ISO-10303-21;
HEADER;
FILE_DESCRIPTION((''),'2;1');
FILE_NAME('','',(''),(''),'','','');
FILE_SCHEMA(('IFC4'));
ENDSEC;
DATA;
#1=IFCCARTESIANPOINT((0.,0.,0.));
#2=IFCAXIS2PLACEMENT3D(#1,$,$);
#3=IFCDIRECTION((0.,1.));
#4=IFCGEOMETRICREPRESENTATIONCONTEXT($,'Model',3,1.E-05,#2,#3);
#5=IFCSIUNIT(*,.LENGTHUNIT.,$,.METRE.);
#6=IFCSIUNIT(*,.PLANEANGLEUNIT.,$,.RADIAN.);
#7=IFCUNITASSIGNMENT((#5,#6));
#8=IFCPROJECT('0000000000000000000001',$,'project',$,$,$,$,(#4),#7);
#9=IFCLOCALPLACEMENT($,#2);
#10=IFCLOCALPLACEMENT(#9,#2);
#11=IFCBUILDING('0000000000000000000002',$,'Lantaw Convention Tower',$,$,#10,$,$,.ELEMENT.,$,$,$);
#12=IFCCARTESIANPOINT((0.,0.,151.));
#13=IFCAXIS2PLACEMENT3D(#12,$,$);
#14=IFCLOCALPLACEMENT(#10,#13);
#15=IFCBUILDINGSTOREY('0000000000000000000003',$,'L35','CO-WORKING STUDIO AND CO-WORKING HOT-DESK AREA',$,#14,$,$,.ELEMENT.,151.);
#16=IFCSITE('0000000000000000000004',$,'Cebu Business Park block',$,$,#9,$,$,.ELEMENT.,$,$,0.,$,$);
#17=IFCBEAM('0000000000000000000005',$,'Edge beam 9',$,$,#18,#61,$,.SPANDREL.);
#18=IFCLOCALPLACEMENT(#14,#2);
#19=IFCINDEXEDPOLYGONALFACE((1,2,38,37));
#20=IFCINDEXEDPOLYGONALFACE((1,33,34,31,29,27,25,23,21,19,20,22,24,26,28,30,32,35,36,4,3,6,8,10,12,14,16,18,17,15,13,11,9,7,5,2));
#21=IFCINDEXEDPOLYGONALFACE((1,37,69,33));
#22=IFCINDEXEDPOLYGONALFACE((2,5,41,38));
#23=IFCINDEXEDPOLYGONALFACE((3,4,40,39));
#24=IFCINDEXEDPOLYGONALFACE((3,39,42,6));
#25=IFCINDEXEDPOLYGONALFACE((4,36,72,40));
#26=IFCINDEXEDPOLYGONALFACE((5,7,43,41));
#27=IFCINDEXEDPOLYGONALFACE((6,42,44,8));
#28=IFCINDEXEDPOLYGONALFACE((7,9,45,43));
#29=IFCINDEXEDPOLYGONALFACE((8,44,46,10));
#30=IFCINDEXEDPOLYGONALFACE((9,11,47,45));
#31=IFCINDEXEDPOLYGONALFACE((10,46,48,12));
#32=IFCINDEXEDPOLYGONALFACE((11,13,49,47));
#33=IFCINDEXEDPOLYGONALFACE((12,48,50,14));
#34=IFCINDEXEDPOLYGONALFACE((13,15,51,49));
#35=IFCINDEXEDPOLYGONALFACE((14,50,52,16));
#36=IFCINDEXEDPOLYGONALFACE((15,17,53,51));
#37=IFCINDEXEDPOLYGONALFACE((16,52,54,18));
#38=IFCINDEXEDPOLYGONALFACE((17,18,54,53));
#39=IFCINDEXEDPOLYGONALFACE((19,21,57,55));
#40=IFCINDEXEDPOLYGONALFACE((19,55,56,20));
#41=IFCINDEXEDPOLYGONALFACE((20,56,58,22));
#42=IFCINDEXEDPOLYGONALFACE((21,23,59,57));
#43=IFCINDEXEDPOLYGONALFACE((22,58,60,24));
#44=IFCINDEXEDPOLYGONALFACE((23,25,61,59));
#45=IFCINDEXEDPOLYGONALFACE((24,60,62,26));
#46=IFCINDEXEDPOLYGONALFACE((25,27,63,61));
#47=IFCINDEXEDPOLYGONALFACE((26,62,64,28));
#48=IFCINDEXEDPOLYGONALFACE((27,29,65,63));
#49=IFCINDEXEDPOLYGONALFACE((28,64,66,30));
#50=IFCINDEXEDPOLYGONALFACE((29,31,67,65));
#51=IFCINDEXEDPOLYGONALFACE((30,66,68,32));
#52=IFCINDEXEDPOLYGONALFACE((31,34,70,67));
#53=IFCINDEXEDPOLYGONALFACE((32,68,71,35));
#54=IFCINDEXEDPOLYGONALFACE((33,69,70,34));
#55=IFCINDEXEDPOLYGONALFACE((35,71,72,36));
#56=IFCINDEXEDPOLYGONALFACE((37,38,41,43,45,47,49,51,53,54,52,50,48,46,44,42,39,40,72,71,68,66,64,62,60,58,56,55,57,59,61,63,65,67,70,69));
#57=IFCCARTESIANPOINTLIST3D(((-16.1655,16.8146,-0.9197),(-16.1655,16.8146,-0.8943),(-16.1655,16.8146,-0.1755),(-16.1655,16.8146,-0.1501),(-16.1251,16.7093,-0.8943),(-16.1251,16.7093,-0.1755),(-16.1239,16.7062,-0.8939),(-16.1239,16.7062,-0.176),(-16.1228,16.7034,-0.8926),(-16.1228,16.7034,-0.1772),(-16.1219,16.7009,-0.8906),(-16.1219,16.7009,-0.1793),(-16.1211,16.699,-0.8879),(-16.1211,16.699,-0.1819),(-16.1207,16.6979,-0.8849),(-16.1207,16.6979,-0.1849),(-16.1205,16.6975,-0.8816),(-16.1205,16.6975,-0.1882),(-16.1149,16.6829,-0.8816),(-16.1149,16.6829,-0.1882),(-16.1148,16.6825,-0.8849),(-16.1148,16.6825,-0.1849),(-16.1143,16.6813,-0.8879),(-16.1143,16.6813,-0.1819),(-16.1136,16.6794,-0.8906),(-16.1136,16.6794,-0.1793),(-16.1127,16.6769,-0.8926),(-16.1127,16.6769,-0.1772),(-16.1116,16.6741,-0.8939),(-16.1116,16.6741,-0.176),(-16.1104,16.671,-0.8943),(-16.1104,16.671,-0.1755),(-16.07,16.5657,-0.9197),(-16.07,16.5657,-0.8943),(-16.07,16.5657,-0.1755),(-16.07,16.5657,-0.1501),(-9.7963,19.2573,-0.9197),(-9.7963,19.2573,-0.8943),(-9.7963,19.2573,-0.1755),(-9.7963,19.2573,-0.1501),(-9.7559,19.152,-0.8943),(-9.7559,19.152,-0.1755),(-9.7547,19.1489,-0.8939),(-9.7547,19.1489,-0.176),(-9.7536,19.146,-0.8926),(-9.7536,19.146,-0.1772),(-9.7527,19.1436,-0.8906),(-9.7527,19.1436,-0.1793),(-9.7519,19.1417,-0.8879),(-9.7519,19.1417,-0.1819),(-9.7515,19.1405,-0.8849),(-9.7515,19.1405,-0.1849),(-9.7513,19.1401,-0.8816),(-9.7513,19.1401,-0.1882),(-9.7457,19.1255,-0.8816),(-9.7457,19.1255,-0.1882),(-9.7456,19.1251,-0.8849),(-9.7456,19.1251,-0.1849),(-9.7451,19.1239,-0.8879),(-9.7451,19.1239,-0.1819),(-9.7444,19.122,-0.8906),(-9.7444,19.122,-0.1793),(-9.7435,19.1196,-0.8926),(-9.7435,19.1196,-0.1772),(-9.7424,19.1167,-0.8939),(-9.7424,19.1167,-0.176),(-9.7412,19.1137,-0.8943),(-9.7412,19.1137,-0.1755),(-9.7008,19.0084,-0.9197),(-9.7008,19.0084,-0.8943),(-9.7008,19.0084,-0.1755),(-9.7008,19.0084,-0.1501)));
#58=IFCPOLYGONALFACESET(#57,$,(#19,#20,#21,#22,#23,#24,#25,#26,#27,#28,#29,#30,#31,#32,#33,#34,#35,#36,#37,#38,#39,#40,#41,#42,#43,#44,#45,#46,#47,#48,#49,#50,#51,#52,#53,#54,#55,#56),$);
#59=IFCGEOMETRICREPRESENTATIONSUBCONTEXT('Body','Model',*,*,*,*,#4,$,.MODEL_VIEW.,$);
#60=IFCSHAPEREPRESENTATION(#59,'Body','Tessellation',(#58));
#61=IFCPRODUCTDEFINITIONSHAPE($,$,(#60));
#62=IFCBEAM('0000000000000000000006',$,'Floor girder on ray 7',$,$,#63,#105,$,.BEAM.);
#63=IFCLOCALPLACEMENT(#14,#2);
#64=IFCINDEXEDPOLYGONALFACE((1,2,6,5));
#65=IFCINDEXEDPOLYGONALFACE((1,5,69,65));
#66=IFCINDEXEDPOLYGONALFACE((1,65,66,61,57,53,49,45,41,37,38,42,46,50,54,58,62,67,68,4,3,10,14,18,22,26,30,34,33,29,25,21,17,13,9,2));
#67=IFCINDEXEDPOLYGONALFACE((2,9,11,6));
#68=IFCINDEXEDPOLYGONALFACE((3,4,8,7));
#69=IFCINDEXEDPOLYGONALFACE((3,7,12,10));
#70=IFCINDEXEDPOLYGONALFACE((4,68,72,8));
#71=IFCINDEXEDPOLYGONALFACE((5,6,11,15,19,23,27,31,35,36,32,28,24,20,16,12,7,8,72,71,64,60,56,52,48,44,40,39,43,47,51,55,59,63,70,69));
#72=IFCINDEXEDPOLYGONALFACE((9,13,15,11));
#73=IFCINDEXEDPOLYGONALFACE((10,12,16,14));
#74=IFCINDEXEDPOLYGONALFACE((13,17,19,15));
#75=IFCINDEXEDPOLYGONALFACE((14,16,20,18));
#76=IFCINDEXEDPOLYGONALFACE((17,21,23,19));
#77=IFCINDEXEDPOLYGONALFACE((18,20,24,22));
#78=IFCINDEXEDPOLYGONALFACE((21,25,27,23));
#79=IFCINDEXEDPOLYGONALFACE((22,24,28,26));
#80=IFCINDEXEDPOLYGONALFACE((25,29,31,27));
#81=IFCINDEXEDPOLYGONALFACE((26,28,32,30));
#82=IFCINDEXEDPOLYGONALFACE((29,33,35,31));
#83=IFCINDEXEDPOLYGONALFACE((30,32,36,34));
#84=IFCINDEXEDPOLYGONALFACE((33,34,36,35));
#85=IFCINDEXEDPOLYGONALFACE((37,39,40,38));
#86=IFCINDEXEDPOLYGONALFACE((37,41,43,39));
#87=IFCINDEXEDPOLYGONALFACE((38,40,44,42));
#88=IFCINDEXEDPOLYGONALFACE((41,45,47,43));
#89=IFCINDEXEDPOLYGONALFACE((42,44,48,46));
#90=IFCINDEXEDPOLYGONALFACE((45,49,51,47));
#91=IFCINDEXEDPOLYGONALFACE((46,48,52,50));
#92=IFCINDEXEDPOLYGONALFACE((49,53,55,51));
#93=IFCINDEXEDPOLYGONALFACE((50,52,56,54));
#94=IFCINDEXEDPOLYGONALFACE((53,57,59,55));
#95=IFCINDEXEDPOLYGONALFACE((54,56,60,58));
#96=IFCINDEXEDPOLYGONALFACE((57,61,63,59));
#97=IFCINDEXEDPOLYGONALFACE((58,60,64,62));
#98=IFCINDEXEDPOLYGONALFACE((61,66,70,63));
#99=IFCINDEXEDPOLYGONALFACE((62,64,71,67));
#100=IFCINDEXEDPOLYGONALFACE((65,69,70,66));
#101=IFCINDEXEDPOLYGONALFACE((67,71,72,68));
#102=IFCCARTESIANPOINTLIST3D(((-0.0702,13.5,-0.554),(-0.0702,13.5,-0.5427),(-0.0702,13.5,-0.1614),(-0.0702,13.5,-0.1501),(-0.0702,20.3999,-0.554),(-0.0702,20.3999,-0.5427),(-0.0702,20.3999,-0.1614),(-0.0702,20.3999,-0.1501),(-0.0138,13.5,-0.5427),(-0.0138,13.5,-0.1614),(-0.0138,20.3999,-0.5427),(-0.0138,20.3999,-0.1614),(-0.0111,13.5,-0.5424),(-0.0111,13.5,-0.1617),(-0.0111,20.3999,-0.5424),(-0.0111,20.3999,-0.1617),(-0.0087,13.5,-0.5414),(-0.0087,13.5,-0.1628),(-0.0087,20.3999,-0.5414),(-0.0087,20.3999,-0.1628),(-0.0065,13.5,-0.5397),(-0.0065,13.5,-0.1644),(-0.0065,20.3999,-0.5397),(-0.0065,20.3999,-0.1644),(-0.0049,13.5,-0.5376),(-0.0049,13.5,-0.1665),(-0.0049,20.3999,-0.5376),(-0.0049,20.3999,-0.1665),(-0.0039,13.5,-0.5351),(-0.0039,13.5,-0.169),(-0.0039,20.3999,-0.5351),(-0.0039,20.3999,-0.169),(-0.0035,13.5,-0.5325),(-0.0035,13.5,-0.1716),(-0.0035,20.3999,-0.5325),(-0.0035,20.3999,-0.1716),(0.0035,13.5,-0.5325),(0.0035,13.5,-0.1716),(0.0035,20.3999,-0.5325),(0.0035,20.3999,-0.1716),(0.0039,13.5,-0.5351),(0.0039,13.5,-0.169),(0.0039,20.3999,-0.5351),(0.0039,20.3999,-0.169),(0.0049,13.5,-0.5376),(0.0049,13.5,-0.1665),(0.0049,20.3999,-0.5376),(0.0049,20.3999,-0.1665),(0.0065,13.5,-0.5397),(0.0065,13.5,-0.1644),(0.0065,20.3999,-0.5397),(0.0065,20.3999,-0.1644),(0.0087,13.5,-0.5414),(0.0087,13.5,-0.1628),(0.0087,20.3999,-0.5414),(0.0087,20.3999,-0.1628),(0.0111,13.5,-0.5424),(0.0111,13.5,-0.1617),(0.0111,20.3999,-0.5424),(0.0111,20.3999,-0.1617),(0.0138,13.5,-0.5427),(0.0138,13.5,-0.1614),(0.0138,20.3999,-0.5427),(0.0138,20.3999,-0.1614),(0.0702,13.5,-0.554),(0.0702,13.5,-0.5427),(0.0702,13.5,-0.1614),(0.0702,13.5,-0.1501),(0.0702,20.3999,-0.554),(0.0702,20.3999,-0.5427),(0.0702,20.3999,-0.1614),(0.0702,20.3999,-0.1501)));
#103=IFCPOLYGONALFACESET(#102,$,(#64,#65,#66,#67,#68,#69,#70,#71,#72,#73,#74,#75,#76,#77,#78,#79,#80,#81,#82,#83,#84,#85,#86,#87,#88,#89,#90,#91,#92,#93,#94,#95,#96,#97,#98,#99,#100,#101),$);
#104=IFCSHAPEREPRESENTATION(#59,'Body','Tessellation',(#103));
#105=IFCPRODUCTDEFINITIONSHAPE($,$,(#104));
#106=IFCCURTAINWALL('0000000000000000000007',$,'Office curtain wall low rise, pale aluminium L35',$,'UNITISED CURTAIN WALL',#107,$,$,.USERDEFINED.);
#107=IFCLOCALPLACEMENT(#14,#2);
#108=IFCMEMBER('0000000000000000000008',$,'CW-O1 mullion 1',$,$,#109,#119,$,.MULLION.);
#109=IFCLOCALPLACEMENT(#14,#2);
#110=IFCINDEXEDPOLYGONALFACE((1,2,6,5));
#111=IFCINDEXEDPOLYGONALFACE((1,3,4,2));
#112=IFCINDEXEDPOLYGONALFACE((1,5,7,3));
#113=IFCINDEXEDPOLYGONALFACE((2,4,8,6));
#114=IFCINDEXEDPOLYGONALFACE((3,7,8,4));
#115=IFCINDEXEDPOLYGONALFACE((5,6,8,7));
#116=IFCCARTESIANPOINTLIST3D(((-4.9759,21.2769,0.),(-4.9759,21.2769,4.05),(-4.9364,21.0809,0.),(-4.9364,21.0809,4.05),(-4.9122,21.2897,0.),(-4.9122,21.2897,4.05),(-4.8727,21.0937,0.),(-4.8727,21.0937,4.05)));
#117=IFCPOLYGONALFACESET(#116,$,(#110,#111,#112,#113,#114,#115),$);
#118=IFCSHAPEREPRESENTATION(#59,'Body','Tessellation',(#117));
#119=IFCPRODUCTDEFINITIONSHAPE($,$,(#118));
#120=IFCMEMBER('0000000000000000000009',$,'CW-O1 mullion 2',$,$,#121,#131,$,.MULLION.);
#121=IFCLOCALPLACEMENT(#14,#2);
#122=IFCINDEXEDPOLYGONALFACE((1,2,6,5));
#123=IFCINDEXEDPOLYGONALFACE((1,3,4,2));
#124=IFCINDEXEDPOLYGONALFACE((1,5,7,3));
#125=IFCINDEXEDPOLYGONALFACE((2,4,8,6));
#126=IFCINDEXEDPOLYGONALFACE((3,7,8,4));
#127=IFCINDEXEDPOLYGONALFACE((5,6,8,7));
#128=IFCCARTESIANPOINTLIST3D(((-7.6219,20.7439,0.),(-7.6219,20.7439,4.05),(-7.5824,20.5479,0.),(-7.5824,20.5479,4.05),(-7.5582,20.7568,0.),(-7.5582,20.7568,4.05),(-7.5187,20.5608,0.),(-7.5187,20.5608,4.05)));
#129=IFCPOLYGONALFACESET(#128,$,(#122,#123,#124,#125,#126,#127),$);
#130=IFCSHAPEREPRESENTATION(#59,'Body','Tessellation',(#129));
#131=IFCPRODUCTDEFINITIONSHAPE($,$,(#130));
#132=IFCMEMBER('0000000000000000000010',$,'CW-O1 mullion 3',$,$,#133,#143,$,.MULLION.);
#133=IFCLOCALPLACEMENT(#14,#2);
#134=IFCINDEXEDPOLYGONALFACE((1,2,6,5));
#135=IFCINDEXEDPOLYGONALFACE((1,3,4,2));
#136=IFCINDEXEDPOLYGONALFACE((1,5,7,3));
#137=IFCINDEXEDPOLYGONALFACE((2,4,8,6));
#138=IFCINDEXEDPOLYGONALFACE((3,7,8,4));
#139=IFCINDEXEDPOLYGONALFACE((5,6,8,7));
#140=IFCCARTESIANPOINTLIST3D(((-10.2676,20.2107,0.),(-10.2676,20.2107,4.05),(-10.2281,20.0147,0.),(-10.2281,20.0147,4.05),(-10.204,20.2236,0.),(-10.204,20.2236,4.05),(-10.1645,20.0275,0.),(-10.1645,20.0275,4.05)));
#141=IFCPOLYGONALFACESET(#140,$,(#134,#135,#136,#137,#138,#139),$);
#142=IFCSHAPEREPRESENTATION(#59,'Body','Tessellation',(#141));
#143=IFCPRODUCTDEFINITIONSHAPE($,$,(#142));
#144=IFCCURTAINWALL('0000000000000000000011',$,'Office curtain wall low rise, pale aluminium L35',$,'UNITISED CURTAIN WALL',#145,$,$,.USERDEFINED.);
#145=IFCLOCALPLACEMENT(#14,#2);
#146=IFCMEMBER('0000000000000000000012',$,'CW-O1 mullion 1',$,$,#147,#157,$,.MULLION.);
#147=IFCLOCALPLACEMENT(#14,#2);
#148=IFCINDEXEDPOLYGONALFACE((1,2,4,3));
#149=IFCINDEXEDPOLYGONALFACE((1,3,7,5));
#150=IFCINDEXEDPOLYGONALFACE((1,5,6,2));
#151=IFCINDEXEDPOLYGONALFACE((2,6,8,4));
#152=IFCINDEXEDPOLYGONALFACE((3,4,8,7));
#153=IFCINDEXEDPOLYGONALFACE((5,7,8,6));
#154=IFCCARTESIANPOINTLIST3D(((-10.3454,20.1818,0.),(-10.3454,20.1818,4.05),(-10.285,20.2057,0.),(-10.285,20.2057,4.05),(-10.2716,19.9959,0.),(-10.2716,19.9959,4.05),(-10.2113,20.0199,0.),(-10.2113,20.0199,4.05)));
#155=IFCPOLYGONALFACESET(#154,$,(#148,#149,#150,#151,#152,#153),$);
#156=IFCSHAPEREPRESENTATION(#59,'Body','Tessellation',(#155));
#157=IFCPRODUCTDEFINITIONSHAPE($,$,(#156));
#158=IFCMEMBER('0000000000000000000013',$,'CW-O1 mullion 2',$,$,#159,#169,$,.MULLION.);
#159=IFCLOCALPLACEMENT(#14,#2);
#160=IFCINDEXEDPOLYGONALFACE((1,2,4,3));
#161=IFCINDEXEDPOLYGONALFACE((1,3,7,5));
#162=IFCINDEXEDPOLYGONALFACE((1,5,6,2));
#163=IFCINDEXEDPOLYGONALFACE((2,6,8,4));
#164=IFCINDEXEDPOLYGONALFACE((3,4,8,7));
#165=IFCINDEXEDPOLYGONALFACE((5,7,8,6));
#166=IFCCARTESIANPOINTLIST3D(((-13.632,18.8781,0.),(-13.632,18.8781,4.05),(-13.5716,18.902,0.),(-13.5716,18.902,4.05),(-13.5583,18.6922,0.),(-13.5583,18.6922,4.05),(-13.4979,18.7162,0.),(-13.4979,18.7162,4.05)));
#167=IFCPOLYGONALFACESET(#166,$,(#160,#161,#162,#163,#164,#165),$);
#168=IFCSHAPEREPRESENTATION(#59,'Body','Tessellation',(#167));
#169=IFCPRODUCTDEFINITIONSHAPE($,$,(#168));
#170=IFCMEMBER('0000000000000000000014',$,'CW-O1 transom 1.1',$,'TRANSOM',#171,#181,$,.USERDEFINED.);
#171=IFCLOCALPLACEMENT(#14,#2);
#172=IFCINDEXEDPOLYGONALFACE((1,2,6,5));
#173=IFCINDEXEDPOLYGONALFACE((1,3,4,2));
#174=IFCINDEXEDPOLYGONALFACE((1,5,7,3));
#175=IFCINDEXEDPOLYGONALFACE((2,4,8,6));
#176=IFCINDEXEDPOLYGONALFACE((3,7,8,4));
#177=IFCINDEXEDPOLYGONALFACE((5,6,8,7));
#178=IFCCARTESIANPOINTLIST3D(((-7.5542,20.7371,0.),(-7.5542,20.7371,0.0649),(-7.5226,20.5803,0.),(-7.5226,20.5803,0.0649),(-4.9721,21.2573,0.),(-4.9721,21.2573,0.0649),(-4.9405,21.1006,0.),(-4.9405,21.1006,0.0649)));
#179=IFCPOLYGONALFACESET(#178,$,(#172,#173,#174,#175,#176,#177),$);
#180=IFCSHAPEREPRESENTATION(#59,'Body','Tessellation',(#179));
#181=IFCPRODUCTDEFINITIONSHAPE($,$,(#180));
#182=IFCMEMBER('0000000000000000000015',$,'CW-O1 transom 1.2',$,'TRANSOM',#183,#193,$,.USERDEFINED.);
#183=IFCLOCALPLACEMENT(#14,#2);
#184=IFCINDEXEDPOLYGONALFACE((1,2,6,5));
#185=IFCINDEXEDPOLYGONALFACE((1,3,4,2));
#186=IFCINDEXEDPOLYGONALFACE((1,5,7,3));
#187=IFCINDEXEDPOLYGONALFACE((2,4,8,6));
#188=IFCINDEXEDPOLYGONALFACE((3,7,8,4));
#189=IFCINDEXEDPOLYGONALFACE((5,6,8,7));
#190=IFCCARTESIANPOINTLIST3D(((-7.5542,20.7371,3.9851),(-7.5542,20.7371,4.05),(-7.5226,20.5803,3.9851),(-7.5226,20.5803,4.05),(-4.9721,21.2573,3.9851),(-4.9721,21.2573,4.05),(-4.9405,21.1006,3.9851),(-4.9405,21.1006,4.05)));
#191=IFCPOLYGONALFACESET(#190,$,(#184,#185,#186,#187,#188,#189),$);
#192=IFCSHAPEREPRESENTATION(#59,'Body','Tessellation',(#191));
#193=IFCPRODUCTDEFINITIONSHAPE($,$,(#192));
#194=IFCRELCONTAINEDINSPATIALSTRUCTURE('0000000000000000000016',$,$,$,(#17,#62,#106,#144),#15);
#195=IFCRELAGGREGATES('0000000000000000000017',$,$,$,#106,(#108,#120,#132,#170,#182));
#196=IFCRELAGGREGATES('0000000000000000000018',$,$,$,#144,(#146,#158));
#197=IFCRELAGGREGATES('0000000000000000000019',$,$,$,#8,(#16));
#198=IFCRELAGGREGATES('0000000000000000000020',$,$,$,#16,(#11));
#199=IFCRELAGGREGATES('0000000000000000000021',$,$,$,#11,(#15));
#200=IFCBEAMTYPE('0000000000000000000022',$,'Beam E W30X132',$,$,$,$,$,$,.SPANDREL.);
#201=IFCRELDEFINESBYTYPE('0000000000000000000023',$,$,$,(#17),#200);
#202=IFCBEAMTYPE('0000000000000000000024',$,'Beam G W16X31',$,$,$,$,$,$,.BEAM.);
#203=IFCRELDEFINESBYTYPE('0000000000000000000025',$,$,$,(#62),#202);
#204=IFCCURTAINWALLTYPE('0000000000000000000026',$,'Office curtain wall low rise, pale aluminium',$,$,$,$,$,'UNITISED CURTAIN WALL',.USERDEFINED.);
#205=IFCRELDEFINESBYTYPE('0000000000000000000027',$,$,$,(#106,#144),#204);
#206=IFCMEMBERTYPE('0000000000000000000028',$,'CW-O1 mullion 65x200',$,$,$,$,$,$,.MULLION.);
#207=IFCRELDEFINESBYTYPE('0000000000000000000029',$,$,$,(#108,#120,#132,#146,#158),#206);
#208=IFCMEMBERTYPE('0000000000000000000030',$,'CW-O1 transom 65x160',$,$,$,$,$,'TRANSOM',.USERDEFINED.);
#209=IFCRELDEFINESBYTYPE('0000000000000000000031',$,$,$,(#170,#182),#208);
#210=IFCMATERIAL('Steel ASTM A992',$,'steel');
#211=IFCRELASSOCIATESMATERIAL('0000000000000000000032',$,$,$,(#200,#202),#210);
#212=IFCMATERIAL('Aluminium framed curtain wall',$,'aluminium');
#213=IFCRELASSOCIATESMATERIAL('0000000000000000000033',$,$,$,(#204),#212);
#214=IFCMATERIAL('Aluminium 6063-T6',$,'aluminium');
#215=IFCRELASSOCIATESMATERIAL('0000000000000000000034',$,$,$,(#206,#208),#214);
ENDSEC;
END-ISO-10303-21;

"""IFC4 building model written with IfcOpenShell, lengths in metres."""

from ifc_helpers import new_model, si_unit, direction, frame, origin, origin_2d, place, context, subcontext, project, spatial, rectangle, i_section, extrude, material, material_profile, profile_set, type_object, element, aggregate, save


model = new_model("IFC4")

# Units and contexts
model_context = context("Model", 3, precision=1e-05, world=origin(), true_north=direction((0.0, 1.0)))
body_context = subcontext(model_context, "Body", "Model", "MODEL_VIEW")
ifc_project = project(units=[si_unit("LENGTHUNIT", "METRE"), si_unit("PLANEANGLEUNIT", "RADIAN")], contexts=[model_context])

# Site, building, storey
site_placement = place(None, origin())
site = spatial("IfcSite", under=ifc_project, at=site_placement, Name="Cebu Business Park block", CompositionType="ELEMENT", RefElevation=0.0)
building_placement = place(site_placement, origin())
building = spatial("IfcBuilding", under=site, at=building_placement, Name="Lantaw Convention Tower", CompositionType="ELEMENT")
storey_placement = place(building_placement, frame((0.0, 0.0, 151.0)))
storey = spatial("IfcBuildingStorey", under=building, at=storey_placement, Name="L35", Description="CO-WORKING STUDIO AND CO-WORKING HOT-DESK AREA", CompositionType="ELEMENT", Elevation=151.0)

# Beams
ifc_material_1 = material(Name="Steel ASTM A992", Category="steel")
ifc_material_profile_1 = material_profile(ifc_material_1, i_section(OverallWidth=0.2666, OverallDepth=0.7695, WebThickness=0.0156, FlangeThickness=0.0254, FilletRadius=0.0127, at=origin_2d()), Name="W30X132")
ifc_profile_set_1 = profile_set([ifc_material_profile_1], Name="Steel ASTM A992")
beam_type_1 = type_object("IfcBeamType", Name="Beam E W30X132", PredefinedType="SPANDREL", material=ifc_profile_set_1)
beam_1_placement = place(storey_placement, frame((-9.7485, 19.1328, -0.5349), z_axis=(-0.933691, -0.35808, 0.0), x_axis=(0.35808, -0.933691, 0.0)))
element("IfcBeam", 1, at=beam_1_placement, inside=storey, type_object=beam_type_1, Name="Edge beam 9", PredefinedType="SPANDREL", context=body_context, shape_type="SweptSolid", body=[
    extrude(i_section(OverallWidth=0.2666, OverallDepth=0.7695, WebThickness=0.0156, FlangeThickness=0.0254, FilletRadius=0.0127, at=origin_2d()), origin(), (0.0, 0.0, 1.0), 6.8215),
])
ifc_material_profile_2 = material_profile(ifc_material_1, i_section(OverallWidth=0.1404, OverallDepth=0.4038, WebThickness=0.0071, FlangeThickness=0.0112, FilletRadius=0.0103, at=origin_2d()), Name="W16X31")
ifc_profile_set_2 = profile_set([ifc_material_profile_2], Name="Steel ASTM A992")
beam_type_2 = type_object("IfcBeamType", Name="Beam G W16X31", PredefinedType="BEAM", material=ifc_profile_set_2)
beam_2_placement = place(storey_placement, frame((0.0, 13.5, -0.3521), z_axis=(0.0, 1.0, 0.0), x_axis=(-1.0, 0.0, 0.0)))
element("IfcBeam", 2, at=beam_2_placement, inside=storey, type_object=beam_type_2, Name="Floor girder on ray 7", PredefinedType="BEAM", context=body_context, shape_type="SweptSolid", body=[
    extrude(i_section(OverallWidth=0.1404, OverallDepth=0.4038, WebThickness=0.0071, FlangeThickness=0.0112, FilletRadius=0.0103, at=origin_2d()), origin(), (0.0, 0.0, 1.0), 6.8999),
])

# Curtain walls, members
ifc_material_2 = material(Name="Aluminium framed curtain wall", Category="aluminium")
curtain_wall_type = type_object("IfcCurtainWallType", Name="Office curtain wall low rise, pale aluminium", ElementType="UNITISED CURTAIN WALL", PredefinedType="USERDEFINED", material=ifc_material_2)
curtain_wall_1_placement = place(storey_placement, origin())
curtain_wall_1 = element("IfcCurtainWall", 3, at=curtain_wall_1_placement, inside=storey, type_object=curtain_wall_type, Name="Office curtain wall low rise, pale aluminium L35", ObjectType="UNITISED CURTAIN WALL", PredefinedType="USERDEFINED")
ifc_material_3 = material(Name="Aluminium 6063-T6", Category="aluminium")
ifc_material_profile_3 = material_profile(ifc_material_3, rectangle(XDim=0.2, YDim=0.0649, at=origin_2d()), Name="CW-O1 mullion 65x200")
ifc_profile_set_3 = profile_set([ifc_material_profile_3], Name="Aluminium 6063-T6")
member_type_1 = type_object("IfcMemberType", Name="CW-O1 mullion 65x200", PredefinedType="MULLION", material=ifc_profile_set_3)
member_1_placement = place(storey_placement, frame((-4.9243, 21.1853, 0.0), z_axis=(0.0, 0.0, 1.0), x_axis=(0.197507, -0.980302, 0.0)))
member_1 = element("IfcMember", 4, at=member_1_placement, type_object=member_type_1, Name="CW-O1 mullion 1", PredefinedType="MULLION", context=body_context, shape_type="SweptSolid", body=[
    extrude(rectangle(XDim=0.2, YDim=0.0649, at=origin_2d()), origin(), (0.0, 0.0, 1.0), 4.05),
])
member_2_placement = place(storey_placement, frame((-7.5703, 20.6523, 0.0), z_axis=(0.0, 0.0, 1.0), x_axis=(0.197507, -0.980302, 0.0)))
member_2 = element("IfcMember", 5, at=member_2_placement, type_object=member_type_1, Name="CW-O1 mullion 2", PredefinedType="MULLION", context=body_context, shape_type="SweptSolid", body=[
    extrude(rectangle(XDim=0.2, YDim=0.0649, at=origin_2d()), origin(), (0.0, 0.0, 1.0), 4.05),
])
member_3_placement = place(storey_placement, frame((-10.2161, 20.1191, 0.0), z_axis=(0.0, 0.0, 1.0), x_axis=(0.197507, -0.980302, 0.0)))
member_3 = element("IfcMember", 6, at=member_3_placement, type_object=member_type_1, Name="CW-O1 mullion 3", PredefinedType="MULLION", context=body_context, shape_type="SweptSolid", body=[
    extrude(rectangle(XDim=0.2, YDim=0.0649, at=origin_2d()), origin(), (0.0, 0.0, 1.0), 4.05),
])
curtain_wall_2_placement = place(storey_placement, origin())
curtain_wall_2 = element("IfcCurtainWall", 7, at=curtain_wall_2_placement, inside=storey, type_object=curtain_wall_type, Name="Office curtain wall low rise, pale aluminium L35", ObjectType="UNITISED CURTAIN WALL", PredefinedType="USERDEFINED")
member_4_placement = place(storey_placement, frame((-10.2783, 20.1008, 0.0), z_axis=(0.0, 0.0, 1.0), x_axis=(0.368702, -0.929548, 0.0)))
member_4 = element("IfcMember", 8, at=member_4_placement, type_object=member_type_1, Name="CW-O1 mullion 1", PredefinedType="MULLION", context=body_context, shape_type="SweptSolid", body=[
    extrude(rectangle(XDim=0.2, YDim=0.0649, at=origin_2d()), origin(), (0.0, 0.0, 1.0), 4.05),
])
member_5_placement = place(storey_placement, frame((-13.5649, 18.7971, 0.0), z_axis=(0.0, 0.0, 1.0), x_axis=(0.368702, -0.929548, 0.0)))
member_5 = element("IfcMember", 9, at=member_5_placement, type_object=member_type_1, Name="CW-O1 mullion 2", PredefinedType="MULLION", context=body_context, shape_type="SweptSolid", body=[
    extrude(rectangle(XDim=0.2, YDim=0.0649, at=origin_2d()), origin(), (0.0, 0.0, 1.0), 4.05),
])

# Members
ifc_material_profile_4 = material_profile(ifc_material_3, rectangle(XDim=0.1599, YDim=0.0649, at=origin_2d()), Name="CW-O1 transom 65x160")
ifc_profile_set_4 = profile_set([ifc_material_profile_4], Name="Aluminium 6063-T6")
member_type_2 = type_object("IfcMemberType", Name="CW-O1 transom 65x160", ElementType="TRANSOM", PredefinedType="USERDEFINED", material=ifc_profile_set_4)
member_6_placement = place(storey_placement, frame((-4.9563, 21.179, 0.0325), z_axis=(-0.980298, -0.197524, 0.0), x_axis=(0.197524, -0.980298, 0.0)))
member_6 = element("IfcMember", 10, at=member_6_placement, type_object=member_type_2, Name="CW-O1 transom 1.1", ObjectType="TRANSOM", PredefinedType="USERDEFINED", context=body_context, shape_type="SweptSolid", body=[
    extrude(rectangle(XDim=0.1599, YDim=0.0649, at=origin_2d()), origin(), (0.0, 0.0, 1.0), 2.634),
])
member_7_placement = place(storey_placement, frame((-4.9563, 21.179, 4.0176), z_axis=(-0.980298, -0.197524, 0.0), x_axis=(0.197524, -0.980298, 0.0)))
member_7 = element("IfcMember", 11, at=member_7_placement, type_object=member_type_2, Name="CW-O1 transom 1.2", ObjectType="TRANSOM", PredefinedType="USERDEFINED", context=body_context, shape_type="SweptSolid", body=[
    extrude(rectangle(XDim=0.1599, YDim=0.0649, at=origin_2d()), origin(), (0.0, 0.0, 1.0), 2.634),
])

aggregate(curtain_wall_1, [member_1, member_2, member_3, member_6, member_7])
aggregate(curtain_wall_2, [member_4, member_5])

save(model, "model.ifc")
